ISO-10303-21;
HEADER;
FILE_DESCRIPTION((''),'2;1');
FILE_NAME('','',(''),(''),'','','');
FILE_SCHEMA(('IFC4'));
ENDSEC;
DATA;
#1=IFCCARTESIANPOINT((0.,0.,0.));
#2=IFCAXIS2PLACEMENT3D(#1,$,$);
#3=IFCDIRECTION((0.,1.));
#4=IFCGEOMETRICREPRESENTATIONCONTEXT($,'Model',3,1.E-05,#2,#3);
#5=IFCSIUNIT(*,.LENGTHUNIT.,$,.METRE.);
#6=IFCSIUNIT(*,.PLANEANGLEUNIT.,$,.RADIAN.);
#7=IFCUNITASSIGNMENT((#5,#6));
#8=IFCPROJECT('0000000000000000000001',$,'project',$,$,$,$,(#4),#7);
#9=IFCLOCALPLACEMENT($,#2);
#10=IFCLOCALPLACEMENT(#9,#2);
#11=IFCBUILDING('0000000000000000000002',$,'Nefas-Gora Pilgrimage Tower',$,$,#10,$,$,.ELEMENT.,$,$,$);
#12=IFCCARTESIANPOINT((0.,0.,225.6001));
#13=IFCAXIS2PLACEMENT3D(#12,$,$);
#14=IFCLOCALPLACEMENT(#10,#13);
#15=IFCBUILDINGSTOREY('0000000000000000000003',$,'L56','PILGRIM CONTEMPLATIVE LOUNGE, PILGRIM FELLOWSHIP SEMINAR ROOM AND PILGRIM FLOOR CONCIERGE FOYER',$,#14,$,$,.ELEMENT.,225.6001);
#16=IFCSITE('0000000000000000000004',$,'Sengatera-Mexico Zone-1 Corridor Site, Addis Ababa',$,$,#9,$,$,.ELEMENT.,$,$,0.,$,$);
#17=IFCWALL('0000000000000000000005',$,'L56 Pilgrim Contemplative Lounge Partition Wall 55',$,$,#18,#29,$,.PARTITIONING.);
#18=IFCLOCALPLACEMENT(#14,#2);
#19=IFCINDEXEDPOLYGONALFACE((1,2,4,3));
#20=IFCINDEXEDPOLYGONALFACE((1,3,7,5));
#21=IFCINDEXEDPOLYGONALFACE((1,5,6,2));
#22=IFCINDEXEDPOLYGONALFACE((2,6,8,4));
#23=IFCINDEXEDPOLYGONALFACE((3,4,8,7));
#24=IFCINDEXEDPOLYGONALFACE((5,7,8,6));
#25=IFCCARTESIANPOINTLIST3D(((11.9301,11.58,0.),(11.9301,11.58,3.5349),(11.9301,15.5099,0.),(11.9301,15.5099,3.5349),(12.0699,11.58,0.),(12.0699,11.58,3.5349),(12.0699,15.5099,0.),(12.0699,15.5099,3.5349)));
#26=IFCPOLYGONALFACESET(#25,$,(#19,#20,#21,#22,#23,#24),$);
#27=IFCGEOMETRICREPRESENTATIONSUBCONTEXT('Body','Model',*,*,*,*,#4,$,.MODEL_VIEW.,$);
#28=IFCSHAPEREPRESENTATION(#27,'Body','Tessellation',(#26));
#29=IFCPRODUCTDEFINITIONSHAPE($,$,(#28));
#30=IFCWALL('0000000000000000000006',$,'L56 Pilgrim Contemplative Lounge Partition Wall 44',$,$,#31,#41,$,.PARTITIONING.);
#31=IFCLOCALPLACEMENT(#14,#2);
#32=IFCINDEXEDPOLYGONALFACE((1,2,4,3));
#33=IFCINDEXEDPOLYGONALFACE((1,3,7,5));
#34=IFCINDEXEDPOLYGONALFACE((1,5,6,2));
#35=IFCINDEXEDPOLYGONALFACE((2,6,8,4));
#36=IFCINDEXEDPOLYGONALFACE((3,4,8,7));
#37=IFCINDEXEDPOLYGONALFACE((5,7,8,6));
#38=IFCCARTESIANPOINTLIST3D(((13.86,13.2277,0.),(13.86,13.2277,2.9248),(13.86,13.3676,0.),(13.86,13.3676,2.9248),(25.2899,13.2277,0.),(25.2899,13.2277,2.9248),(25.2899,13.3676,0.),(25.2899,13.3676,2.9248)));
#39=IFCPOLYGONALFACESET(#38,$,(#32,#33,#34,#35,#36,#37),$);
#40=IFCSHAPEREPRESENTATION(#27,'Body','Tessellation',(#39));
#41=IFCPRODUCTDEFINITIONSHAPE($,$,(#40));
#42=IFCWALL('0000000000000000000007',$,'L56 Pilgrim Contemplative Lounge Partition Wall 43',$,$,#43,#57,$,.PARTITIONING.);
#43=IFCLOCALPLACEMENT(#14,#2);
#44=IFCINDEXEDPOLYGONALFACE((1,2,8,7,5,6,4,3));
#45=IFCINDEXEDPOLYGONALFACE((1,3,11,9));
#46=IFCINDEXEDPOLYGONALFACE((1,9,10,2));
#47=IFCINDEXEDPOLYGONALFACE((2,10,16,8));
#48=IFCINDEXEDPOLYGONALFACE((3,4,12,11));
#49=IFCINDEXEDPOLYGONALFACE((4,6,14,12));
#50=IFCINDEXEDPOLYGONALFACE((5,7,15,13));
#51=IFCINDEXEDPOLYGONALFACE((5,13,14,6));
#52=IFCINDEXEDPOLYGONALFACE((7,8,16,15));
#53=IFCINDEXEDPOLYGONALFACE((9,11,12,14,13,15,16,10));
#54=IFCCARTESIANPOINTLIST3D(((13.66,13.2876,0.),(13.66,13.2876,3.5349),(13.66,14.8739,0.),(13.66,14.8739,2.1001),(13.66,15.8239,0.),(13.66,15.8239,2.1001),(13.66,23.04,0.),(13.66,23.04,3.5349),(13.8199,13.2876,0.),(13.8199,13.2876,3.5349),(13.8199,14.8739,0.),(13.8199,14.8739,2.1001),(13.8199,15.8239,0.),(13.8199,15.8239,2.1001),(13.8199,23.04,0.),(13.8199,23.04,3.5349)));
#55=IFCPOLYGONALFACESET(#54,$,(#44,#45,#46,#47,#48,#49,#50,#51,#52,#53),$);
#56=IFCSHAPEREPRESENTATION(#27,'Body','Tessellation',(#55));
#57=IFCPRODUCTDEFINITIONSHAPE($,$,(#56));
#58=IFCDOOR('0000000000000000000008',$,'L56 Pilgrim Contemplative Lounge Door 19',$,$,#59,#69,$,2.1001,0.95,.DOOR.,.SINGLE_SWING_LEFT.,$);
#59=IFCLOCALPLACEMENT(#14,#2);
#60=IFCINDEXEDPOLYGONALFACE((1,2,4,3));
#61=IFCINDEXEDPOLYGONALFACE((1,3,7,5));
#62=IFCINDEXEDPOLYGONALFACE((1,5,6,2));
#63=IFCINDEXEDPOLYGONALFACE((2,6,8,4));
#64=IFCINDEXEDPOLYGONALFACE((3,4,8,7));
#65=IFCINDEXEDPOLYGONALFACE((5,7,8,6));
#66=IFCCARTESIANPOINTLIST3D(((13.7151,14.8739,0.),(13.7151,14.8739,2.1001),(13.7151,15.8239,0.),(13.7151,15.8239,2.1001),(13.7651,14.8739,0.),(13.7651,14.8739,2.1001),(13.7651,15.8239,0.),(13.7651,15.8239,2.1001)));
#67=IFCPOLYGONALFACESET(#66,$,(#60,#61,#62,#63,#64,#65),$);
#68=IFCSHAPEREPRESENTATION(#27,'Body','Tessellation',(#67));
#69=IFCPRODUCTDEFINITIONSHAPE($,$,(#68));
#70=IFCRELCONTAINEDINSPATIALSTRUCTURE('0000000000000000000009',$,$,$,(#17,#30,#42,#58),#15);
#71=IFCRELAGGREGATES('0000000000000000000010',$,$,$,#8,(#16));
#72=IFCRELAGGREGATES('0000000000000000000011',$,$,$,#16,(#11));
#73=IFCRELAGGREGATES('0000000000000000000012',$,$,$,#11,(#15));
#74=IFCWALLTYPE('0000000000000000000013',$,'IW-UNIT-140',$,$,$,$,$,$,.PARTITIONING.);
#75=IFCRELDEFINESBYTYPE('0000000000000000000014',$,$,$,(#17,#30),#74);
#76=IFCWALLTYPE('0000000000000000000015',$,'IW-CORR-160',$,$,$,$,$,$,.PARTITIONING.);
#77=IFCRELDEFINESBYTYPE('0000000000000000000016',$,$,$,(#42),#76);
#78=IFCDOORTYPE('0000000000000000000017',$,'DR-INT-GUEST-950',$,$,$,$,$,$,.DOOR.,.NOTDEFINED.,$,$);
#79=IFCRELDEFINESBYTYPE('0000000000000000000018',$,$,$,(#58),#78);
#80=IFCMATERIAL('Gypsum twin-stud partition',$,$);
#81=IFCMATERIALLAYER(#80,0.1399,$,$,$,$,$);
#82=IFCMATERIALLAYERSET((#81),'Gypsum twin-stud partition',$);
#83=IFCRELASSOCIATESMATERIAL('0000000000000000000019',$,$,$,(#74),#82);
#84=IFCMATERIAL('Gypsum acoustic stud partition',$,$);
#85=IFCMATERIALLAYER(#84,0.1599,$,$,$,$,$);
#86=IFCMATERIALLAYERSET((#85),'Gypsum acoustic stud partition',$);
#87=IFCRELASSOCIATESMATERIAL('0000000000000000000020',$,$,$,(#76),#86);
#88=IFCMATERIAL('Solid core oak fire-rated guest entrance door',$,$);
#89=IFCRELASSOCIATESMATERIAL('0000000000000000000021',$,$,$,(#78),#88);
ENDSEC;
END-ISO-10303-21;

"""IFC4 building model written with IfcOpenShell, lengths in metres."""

from ifc_helpers import new_model, si_unit, direction, frame, frame_2d, origin, place, context, subcontext, project, spatial, rectangle, extrude, source, transform, mapped, material, layer, layer_set, type_object, element, fill, save


model = new_model("IFC4")

# Units and contexts
model_context = context("Model", 3, precision=1e-05, world=origin(), true_north=direction((0.0, 1.0)))
body_context = subcontext(model_context, "Body", "Model", "MODEL_VIEW")
ifc_project = project(units=[si_unit("LENGTHUNIT", "METRE"), si_unit("PLANEANGLEUNIT", "RADIAN")], contexts=[model_context])

# Site, building, storey
site_placement = place(None, origin())
site = spatial("IfcSite", under=ifc_project, at=site_placement, Name="Sengatera-Mexico Zone-1 Corridor Site, Addis Ababa", CompositionType="ELEMENT", RefElevation=0.0)
building_placement = place(site_placement, origin())
building = spatial("IfcBuilding", under=site, at=building_placement, Name="Nefas-Gora Pilgrimage Tower", CompositionType="ELEMENT")
storey_placement = place(building_placement, frame((0.0, 0.0, 225.6001)))
storey = spatial("IfcBuildingStorey", under=building, at=storey_placement, Name="L56", Description="PILGRIM CONTEMPLATIVE LOUNGE, PILGRIM FELLOWSHIP SEMINAR ROOM AND PILGRIM FLOOR CONCIERGE FOYER", CompositionType="ELEMENT", Elevation=225.6001)

# Walls
ifc_material_1 = material(Name="Gypsum twin-stud partition")
ifc_layer_1 = layer(ifc_material_1, 0.1399)
ifc_layer_set_1 = layer_set([ifc_layer_1], Name="Gypsum twin-stud partition")
wall_type_1 = type_object("IfcWallType", Name="IW-UNIT-140", PredefinedType="PARTITIONING", material=ifc_layer_set_1)
shared_shape_1 = source(origin(), body_context, "Body", "SweptSolid", [
    extrude(rectangle(XDim=3.9299, YDim=0.1399, at=frame_2d((1.9648, 0.0))), origin(), (0.0, 0.0, 1.0), 3.5349),
])
wall_1_placement = place(storey_placement, frame((12.0, 11.5801, 0.0), z_axis=(0.0, 0.0, 1.0), x_axis=(0.0, 1.0, 0.0)))
element("IfcWall", 1, at=wall_1_placement, inside=storey, type_object=wall_type_1, Name="L56 Pilgrim Contemplative Lounge Partition Wall 55", PredefinedType="PARTITIONING", context=body_context, shape_type="MappedRepresentation", body=[
    mapped(shared_shape_1, transform((0.0, 0.0, 0.0), x_axis=(1.0, 0.0, 0.0), y_axis=(0.0, 1.0, 0.0), z_axis=(0.0, 0.0, 1.0), scale=1.0)),
])
shared_shape_2 = source(origin(), body_context, "Body", "SweptSolid", [
    extrude(rectangle(XDim=11.4299, YDim=0.1399, at=frame_2d((5.7148, 0.0))), origin(), (0.0, 0.0, 1.0), 2.9248),
])
wall_2_placement = place(storey_placement, frame((13.8601, 13.2976, 0.0), z_axis=(0.0, 0.0, 1.0), x_axis=(1.0, 0.0, 0.0)))
element("IfcWall", 2, at=wall_2_placement, inside=storey, type_object=wall_type_1, Name="L56 Pilgrim Contemplative Lounge Partition Wall 44", PredefinedType="PARTITIONING", context=body_context, shape_type="MappedRepresentation", body=[
    mapped(shared_shape_2, transform((0.0, 0.0, 0.0), x_axis=(1.0, 0.0, 0.0), y_axis=(0.0, 1.0, 0.0), z_axis=(0.0, 0.0, 1.0), scale=1.0)),
])

# Wall, opening, door
ifc_material_2 = material(Name="Gypsum acoustic stud partition")
ifc_layer_2 = layer(ifc_material_2, 0.1599)
ifc_layer_set_2 = layer_set([ifc_layer_2], Name="Gypsum acoustic stud partition")
wall_type_2 = type_object("IfcWallType", Name="IW-CORR-160", PredefinedType="PARTITIONING", material=ifc_layer_set_2)
shared_shape_3 = source(origin(), body_context, "Body", "SweptSolid", [
    extrude(rectangle(XDim=9.7524, YDim=0.1599, at=frame_2d((4.8762, 0.0))), origin(), (0.0, 0.0, 1.0), 3.5349),
])
wall_3_placement = place(storey_placement, frame((13.74, 13.2876, 0.0), z_axis=(0.0, 0.0, 1.0), x_axis=(0.0, 1.0, 0.0)))
wall_3 = element("IfcWall", 3, at=wall_3_placement, inside=storey, type_object=wall_type_2, Name="L56 Pilgrim Contemplative Lounge Partition Wall 43", PredefinedType="PARTITIONING", context=body_context, shape_type="MappedRepresentation", body=[
    mapped(shared_shape_3, transform((0.0, 0.0, 0.0), x_axis=(1.0, 0.0, 0.0), y_axis=(0.0, 1.0, 0.0), z_axis=(0.0, 0.0, 1.0), scale=1.0)),
])
opening_1_placement = place(wall_3_placement, frame((1.5862, 0.0, 0.0)))
opening_1 = element("IfcOpeningElement", 4, at=opening_1_placement, cuts=wall_3, PredefinedType="OPENING", context=body_context, shape_type="SweptSolid", body=[
    extrude(rectangle(XDim=0.95, YDim=2.1001, at=frame_2d((0.4751, 1.05))), frame((0.0, 0.0898, 0.0), z_axis=(0.0, -1.0, 0.0), x_axis=(1.0, 0.0, 0.0)), (0.0, 0.0, 1.0), 0.1799),
])
ifc_material_3 = material(Name="Solid core oak fire-rated guest entrance door")
door_type = type_object("IfcDoorType", Name="DR-INT-GUEST-950", OperationType="NOTDEFINED", PredefinedType="DOOR", material=ifc_material_3)
shared_shape_4 = source(origin(), body_context, "Body", "SweptSolid", [
    extrude(rectangle(XDim=0.95, YDim=2.1001, at=frame_2d((0.4751, 1.05))), frame((0.0, 0.0249, 0.0), z_axis=(0.0, -1.0, 0.0), x_axis=(1.0, 0.0, 0.0)), (0.0, 0.0, 1.0), 0.05),
])
door_placement = place(opening_1_placement, origin())
door = element("IfcDoor", 5, at=door_placement, inside=storey, type_object=door_type, Name="L56 Pilgrim Contemplative Lounge Door 19", OperationType="SINGLE_SWING_LEFT", OverallHeight=2.1001, OverallWidth=0.95, PredefinedType="DOOR", context=body_context, shape_type="MappedRepresentation", body=[
    mapped(shared_shape_4, transform((0.0, 0.0, 0.0), x_axis=(1.0, 0.0, 0.0), y_axis=(0.0, 1.0, 0.0), z_axis=(0.0, 0.0, 1.0), scale=1.0)),
])
fill(opening_1, door)

save(model, "model.ifc")
